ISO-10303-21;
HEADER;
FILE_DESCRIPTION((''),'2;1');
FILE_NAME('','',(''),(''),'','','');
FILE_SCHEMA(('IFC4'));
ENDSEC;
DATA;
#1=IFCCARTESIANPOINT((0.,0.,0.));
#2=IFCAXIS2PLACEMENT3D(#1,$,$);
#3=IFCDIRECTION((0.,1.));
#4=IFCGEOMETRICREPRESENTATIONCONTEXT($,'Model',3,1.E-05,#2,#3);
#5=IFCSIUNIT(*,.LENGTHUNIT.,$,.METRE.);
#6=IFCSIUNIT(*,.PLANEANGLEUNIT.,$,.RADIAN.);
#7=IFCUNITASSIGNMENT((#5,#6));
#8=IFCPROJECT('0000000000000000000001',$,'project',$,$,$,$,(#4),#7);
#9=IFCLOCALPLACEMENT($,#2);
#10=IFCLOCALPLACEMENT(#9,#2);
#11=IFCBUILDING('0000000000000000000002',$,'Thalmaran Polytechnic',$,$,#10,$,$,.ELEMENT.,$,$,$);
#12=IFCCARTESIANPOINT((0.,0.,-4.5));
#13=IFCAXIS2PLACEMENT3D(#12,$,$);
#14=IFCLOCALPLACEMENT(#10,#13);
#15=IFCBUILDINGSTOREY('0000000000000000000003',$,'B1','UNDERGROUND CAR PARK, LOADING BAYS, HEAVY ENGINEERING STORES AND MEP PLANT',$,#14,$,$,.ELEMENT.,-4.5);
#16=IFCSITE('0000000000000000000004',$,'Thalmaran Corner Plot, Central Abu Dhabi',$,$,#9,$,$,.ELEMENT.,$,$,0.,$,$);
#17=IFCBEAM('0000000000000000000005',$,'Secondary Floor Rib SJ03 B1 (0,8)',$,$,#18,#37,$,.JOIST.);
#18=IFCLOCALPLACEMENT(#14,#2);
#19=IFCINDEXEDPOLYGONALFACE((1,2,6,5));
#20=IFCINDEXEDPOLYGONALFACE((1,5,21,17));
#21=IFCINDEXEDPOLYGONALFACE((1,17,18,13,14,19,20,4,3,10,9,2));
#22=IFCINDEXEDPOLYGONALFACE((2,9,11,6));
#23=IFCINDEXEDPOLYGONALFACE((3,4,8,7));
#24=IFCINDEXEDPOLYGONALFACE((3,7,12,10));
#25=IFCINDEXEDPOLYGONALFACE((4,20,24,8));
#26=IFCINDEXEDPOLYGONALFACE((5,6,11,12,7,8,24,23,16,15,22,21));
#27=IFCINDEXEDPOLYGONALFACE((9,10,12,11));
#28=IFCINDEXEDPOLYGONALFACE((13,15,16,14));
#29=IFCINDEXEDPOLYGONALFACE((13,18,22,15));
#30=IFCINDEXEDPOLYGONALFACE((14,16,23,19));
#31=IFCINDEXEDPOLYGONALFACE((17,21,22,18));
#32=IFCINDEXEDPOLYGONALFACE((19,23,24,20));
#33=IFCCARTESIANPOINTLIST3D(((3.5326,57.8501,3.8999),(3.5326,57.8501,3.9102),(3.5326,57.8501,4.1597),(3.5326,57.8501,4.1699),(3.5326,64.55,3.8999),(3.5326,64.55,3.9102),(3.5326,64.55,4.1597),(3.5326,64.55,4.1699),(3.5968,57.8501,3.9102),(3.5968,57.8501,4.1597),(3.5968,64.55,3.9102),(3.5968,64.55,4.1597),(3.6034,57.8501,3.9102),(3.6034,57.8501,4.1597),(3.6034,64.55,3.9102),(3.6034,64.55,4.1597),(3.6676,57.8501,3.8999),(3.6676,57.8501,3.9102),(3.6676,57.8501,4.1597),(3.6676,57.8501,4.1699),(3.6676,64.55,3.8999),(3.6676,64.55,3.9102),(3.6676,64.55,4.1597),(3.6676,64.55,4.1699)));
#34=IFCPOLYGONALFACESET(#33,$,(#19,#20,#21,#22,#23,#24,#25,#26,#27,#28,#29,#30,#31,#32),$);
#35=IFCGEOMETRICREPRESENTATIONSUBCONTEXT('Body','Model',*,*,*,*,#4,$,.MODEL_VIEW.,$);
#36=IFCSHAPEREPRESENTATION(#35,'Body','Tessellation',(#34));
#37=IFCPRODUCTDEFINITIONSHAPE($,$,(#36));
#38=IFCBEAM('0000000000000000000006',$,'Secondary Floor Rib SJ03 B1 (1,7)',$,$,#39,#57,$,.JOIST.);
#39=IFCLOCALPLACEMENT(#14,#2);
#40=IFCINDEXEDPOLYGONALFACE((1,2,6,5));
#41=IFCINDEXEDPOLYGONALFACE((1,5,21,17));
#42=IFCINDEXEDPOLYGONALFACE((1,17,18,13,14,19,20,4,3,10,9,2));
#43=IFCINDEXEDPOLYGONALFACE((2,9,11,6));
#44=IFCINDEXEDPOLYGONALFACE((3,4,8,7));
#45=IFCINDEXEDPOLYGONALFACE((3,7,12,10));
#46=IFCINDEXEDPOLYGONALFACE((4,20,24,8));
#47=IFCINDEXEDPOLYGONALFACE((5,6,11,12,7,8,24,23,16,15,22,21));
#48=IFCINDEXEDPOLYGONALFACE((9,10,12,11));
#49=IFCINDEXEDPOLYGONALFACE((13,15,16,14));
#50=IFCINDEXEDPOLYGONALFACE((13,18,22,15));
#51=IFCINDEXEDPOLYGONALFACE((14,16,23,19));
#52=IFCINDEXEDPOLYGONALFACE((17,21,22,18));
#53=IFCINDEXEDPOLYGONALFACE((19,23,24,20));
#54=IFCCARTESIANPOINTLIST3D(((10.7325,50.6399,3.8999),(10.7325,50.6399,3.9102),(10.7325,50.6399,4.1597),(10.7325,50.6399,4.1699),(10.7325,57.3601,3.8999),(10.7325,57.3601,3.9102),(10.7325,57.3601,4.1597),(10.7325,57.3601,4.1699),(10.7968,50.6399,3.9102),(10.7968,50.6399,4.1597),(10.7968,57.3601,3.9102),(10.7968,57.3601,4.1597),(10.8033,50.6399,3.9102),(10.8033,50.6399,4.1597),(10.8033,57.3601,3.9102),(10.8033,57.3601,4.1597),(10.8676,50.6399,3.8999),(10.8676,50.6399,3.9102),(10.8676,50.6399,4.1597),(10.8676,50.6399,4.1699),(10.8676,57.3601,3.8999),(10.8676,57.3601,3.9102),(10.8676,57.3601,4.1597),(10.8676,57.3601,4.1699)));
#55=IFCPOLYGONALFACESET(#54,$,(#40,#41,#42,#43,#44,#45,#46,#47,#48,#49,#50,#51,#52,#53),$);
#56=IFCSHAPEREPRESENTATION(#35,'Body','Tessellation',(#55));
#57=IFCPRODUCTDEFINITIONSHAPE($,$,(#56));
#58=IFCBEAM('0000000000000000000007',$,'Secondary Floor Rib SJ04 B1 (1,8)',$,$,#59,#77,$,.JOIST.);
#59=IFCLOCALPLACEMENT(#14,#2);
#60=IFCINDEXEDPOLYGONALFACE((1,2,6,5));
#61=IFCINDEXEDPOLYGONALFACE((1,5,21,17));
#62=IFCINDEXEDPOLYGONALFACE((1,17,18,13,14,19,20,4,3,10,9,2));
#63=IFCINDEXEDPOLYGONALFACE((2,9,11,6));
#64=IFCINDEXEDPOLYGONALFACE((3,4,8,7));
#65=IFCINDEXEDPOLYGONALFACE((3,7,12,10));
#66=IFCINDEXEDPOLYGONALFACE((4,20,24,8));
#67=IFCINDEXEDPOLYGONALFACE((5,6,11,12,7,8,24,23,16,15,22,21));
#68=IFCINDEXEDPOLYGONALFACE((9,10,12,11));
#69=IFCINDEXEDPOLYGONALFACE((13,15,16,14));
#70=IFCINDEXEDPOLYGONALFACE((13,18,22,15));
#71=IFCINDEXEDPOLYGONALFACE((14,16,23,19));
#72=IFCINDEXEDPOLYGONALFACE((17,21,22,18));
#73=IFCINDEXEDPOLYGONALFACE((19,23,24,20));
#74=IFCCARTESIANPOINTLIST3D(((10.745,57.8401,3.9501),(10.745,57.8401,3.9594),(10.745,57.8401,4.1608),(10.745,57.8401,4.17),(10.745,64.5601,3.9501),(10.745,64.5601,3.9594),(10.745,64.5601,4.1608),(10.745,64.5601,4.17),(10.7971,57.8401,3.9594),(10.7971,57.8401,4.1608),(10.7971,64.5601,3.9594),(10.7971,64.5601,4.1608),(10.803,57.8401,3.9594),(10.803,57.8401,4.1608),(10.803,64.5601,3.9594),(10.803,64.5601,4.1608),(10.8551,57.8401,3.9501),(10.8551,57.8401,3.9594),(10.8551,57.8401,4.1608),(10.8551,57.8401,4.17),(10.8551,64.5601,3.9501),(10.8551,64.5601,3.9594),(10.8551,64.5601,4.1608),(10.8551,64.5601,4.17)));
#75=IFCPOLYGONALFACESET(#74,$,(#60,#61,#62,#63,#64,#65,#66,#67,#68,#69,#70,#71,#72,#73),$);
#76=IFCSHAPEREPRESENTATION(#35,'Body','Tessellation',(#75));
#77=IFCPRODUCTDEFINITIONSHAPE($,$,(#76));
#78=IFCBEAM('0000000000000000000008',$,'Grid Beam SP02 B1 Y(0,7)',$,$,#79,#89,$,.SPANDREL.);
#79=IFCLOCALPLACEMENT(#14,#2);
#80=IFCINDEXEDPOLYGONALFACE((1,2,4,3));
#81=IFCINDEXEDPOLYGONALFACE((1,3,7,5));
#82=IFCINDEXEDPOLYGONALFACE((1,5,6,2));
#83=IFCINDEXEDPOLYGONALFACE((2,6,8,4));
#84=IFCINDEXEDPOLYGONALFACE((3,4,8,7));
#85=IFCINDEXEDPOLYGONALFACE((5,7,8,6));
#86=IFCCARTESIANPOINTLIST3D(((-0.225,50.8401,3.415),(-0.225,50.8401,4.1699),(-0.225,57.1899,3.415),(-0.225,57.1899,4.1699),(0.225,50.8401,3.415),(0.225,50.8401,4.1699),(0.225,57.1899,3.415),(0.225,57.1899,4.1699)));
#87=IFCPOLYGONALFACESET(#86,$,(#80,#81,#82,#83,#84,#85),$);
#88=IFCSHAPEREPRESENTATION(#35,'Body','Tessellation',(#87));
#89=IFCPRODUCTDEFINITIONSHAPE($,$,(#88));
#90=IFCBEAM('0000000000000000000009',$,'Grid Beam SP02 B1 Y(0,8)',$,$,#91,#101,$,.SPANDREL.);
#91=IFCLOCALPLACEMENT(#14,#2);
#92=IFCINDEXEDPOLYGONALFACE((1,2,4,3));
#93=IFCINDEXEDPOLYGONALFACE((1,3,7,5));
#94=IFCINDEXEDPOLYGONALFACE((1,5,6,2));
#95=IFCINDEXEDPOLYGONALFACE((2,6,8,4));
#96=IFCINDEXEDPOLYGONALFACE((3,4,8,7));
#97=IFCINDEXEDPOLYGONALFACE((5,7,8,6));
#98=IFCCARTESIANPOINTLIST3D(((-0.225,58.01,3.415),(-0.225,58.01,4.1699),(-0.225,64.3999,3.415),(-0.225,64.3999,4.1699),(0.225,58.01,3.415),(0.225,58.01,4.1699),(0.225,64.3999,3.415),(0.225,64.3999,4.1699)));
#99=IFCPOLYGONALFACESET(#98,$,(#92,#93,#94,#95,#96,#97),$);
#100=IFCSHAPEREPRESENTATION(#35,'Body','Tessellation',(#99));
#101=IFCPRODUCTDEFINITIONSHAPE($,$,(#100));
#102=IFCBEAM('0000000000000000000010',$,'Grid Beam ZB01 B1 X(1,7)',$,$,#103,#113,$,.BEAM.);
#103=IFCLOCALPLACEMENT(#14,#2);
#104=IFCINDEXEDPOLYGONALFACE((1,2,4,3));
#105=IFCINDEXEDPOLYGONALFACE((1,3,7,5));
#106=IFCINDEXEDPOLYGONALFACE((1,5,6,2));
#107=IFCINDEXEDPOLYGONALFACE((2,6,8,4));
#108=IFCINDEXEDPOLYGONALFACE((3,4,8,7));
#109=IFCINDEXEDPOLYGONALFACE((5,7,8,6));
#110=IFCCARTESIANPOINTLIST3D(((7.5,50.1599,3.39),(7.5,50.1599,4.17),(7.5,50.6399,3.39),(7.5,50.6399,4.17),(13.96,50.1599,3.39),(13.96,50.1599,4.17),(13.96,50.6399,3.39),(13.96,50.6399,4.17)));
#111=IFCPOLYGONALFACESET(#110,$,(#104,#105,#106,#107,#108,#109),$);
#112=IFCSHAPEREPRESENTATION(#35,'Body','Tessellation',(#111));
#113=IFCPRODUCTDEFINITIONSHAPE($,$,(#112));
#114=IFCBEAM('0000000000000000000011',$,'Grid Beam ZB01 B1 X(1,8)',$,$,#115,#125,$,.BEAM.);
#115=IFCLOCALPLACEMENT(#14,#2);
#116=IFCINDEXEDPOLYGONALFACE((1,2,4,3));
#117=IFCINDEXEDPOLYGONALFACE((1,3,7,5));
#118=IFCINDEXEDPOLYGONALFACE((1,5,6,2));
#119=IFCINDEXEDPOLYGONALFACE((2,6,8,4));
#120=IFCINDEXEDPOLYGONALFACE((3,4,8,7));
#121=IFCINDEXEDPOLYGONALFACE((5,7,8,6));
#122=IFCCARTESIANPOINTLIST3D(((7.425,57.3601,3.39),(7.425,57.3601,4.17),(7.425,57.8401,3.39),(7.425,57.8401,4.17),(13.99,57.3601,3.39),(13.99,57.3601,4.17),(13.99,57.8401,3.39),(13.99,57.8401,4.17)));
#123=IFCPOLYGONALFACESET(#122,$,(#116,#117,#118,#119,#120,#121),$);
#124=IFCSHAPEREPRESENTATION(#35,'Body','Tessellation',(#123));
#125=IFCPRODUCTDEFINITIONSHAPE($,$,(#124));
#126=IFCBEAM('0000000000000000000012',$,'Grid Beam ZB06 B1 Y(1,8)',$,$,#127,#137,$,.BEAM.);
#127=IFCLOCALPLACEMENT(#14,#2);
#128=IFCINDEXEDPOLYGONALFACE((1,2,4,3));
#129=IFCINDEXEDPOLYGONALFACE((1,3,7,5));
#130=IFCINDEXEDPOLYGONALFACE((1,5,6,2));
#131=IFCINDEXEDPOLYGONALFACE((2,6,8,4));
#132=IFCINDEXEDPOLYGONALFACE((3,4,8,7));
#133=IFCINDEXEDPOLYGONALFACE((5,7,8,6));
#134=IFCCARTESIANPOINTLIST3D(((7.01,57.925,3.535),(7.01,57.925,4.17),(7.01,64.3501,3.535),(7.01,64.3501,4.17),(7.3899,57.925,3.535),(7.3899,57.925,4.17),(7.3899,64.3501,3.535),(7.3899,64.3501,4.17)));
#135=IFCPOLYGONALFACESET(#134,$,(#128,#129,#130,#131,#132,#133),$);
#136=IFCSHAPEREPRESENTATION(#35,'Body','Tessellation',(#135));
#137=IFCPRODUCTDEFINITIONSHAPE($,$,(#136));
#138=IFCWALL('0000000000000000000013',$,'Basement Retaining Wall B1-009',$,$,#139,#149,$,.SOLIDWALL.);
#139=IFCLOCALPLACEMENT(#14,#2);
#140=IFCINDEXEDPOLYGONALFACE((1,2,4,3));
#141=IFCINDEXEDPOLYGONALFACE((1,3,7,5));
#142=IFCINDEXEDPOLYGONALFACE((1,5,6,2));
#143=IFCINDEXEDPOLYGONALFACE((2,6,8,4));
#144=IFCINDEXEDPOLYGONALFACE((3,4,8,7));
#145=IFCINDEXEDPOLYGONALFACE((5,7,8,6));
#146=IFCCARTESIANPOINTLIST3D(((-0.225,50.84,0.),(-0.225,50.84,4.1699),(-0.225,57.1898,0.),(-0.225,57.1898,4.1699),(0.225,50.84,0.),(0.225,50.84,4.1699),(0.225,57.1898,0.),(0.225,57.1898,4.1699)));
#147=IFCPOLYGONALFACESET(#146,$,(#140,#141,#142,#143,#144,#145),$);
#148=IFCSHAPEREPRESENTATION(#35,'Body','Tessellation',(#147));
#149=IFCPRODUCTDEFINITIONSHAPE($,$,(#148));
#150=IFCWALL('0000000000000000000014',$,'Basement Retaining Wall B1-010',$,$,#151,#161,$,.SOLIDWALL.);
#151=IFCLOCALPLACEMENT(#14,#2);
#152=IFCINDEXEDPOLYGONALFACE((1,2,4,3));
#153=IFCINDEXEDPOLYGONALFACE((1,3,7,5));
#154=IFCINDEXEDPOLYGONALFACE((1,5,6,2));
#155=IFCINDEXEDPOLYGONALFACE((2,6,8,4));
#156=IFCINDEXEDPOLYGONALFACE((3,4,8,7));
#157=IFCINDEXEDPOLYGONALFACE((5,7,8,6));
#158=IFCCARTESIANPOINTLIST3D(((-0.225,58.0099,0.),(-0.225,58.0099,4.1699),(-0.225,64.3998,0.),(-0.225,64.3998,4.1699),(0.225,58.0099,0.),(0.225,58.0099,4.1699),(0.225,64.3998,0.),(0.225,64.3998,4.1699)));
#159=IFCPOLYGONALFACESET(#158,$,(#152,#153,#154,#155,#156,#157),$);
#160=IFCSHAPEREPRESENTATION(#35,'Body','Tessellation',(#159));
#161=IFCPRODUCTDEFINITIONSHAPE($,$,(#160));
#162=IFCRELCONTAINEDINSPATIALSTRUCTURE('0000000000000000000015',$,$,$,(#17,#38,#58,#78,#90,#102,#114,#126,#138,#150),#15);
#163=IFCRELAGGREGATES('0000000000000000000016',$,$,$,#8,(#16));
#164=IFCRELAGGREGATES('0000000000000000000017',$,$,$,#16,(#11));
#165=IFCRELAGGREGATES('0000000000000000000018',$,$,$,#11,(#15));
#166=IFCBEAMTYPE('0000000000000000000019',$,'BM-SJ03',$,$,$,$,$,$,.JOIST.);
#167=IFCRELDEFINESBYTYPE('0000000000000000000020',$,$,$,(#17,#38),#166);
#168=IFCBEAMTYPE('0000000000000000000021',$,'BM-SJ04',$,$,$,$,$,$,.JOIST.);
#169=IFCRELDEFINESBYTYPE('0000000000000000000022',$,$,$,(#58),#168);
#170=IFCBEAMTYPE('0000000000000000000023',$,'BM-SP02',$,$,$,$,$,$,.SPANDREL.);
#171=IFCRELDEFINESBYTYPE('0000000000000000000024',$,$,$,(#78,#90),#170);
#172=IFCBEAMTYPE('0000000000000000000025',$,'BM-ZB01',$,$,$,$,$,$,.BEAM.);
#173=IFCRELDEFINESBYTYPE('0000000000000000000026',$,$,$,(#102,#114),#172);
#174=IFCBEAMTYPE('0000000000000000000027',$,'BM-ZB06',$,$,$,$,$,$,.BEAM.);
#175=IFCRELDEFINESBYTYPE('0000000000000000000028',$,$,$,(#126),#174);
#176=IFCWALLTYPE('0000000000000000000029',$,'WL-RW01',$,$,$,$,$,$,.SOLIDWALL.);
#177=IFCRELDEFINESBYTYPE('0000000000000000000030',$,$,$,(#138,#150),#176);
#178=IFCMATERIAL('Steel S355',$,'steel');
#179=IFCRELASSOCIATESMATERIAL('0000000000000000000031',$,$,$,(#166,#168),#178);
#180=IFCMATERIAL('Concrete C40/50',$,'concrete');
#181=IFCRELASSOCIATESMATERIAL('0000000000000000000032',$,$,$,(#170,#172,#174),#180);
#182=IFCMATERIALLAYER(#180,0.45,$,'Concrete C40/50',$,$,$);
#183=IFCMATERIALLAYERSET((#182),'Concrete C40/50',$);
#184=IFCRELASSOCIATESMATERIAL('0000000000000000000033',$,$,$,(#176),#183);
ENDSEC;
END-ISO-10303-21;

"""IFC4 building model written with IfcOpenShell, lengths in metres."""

from ifc_helpers import new_model, si_unit, direction, frame, frame_2d, origin, origin_2d, place, context, subcontext, project, spatial, rectangle, i_section, extrude, material, layer, layer_set, material_profile, profile_set, type_object, element, save


model = new_model("IFC4")

# Units and contexts
model_context = context("Model", 3, precision=1e-05, world=origin(), true_north=direction((0.0, 1.0)))
body_context = subcontext(model_context, "Body", "Model", "MODEL_VIEW")
ifc_project = project(units=[si_unit("LENGTHUNIT", "METRE"), si_unit("PLANEANGLEUNIT", "RADIAN")], contexts=[model_context])

# Site, building, storey
site_placement = place(None, origin())
site = spatial("IfcSite", under=ifc_project, at=site_placement, Name="Thalmaran Corner Plot, Central Abu Dhabi", CompositionType="ELEMENT", RefElevation=0.0)
building_placement = place(site_placement, origin())
building = spatial("IfcBuilding", under=site, at=building_placement, Name="Thalmaran Polytechnic", CompositionType="ELEMENT")
storey_placement = place(building_placement, frame((0.0, 0.0, -4.5)))
storey = spatial("IfcBuildingStorey", under=building, at=storey_placement, Name="B1", Description="UNDERGROUND CAR PARK, LOADING BAYS, HEAVY ENGINEERING STORES AND MEP PLANT", CompositionType="ELEMENT", Elevation=-4.5)

# Shared definitions
ifc_material_1 = material(Name="Concrete C40/50", Category="concrete")

# Beams
ifc_material_2 = material(Name="Steel S355", Category="steel")
ifc_material_profile_1 = material_profile(ifc_material_2, i_section(OverallWidth=0.135, OverallDepth=0.27, WebThickness=0.0066, FlangeThickness=0.0103, at=origin_2d()), Name="IPE 270")
ifc_profile_set_1 = profile_set([ifc_material_profile_1], Name="Steel S355")
beam_type_1 = type_object("IfcBeamType", Name="BM-SJ03", PredefinedType="JOIST", material=ifc_profile_set_1)
beam_1_placement = place(storey_placement, frame((3.6001, 57.8501, 4.0349), z_axis=(0.0, 1.0, 0.0), x_axis=(-1.0, 0.0, 0.0)))
element("IfcBeam", 1, at=beam_1_placement, inside=storey, type_object=beam_type_1, Name="Secondary Floor Rib SJ03 B1 (0,8)", PredefinedType="JOIST", context=body_context, shape_type="SweptSolid", body=[
    extrude(i_section(OverallWidth=0.135, OverallDepth=0.27, WebThickness=0.0066, FlangeThickness=0.0103, at=origin_2d()), origin(), (0.0, 0.0, 1.0), 6.7),
])
beam_2_placement = place(storey_placement, frame((10.8, 50.6399, 4.0349), z_axis=(0.0, 1.0, 0.0), x_axis=(-1.0, 0.0, 0.0)))
element("IfcBeam", 2, at=beam_2_placement, inside=storey, type_object=beam_type_1, Name="Secondary Floor Rib SJ03 B1 (1,7)", PredefinedType="JOIST", context=body_context, shape_type="SweptSolid", body=[
    extrude(i_section(OverallWidth=0.135, OverallDepth=0.27, WebThickness=0.0066, FlangeThickness=0.0103, at=origin_2d()), origin(), (0.0, 0.0, 1.0), 6.7202),
])
ifc_material_profile_2 = material_profile(ifc_material_2, i_section(OverallWidth=0.1101, OverallDepth=0.22, WebThickness=0.0059, FlangeThickness=0.0093, at=origin_2d()), Name="IPE 220")
ifc_profile_set_2 = profile_set([ifc_material_profile_2], Name="Steel S355")
beam_type_2 = type_object("IfcBeamType", Name="BM-SJ04", PredefinedType="JOIST", material=ifc_profile_set_2)
beam_3_placement = place(storey_placement, frame((10.8, 57.8401, 4.0601), z_axis=(0.0, 1.0, 0.0), x_axis=(-1.0, 0.0, 0.0)))
element("IfcBeam", 3, at=beam_3_placement, inside=storey, type_object=beam_type_2, Name="Secondary Floor Rib SJ04 B1 (1,8)", PredefinedType="JOIST", context=body_context, shape_type="SweptSolid", body=[
    extrude(i_section(OverallWidth=0.1101, OverallDepth=0.22, WebThickness=0.0059, FlangeThickness=0.0093, at=origin_2d()), origin(), (0.0, 0.0, 1.0), 6.72),
])
ifc_material_profile_3 = material_profile(ifc_material_1, rectangle(XDim=0.45, YDim=0.7549, at=origin_2d()), Name="RC 450x755")
ifc_profile_set_3 = profile_set([ifc_material_profile_3], Name="Concrete C40/50")
beam_type_3 = type_object("IfcBeamType", Name="BM-SP02", PredefinedType="SPANDREL", material=ifc_profile_set_3)
beam_4_placement = place(storey_placement, frame((0.0, 50.8401, 3.7925), z_axis=(0.0, 1.0, 0.0), x_axis=(-1.0, 0.0, 0.0)))
element("IfcBeam", 4, at=beam_4_placement, inside=storey, type_object=beam_type_3, Name="Grid Beam SP02 B1 Y(0,7)", PredefinedType="SPANDREL", context=body_context, shape_type="SweptSolid", body=[
    extrude(rectangle(XDim=0.45, YDim=0.7549, at=origin_2d()), origin(), (0.0, 0.0, 1.0), 6.3499),
])
beam_5_placement = place(storey_placement, frame((0.0, 58.01, 3.7925), z_axis=(0.0, 1.0, 0.0), x_axis=(-1.0, 0.0, 0.0)))
element("IfcBeam", 5, at=beam_5_placement, inside=storey, type_object=beam_type_3, Name="Grid Beam SP02 B1 Y(0,8)", PredefinedType="SPANDREL", context=body_context, shape_type="SweptSolid", body=[
    extrude(rectangle(XDim=0.45, YDim=0.7549, at=origin_2d()), origin(), (0.0, 0.0, 1.0), 6.3899),
])
ifc_material_profile_4 = material_profile(ifc_material_1, rectangle(XDim=0.48, YDim=0.78, at=origin_2d()), Name="RC 480x780")
ifc_profile_set_4 = profile_set([ifc_material_profile_4], Name="Concrete C40/50")
beam_type_4 = type_object("IfcBeamType", Name="BM-ZB01", PredefinedType="BEAM", material=ifc_profile_set_4)
beam_6_placement = place(storey_placement, frame((7.5, 50.3999, 3.78), z_axis=(1.0, 0.0, 0.0), x_axis=(0.0, 1.0, 0.0)))
element("IfcBeam", 6, at=beam_6_placement, inside=storey, type_object=beam_type_4, Name="Grid Beam ZB01 B1 X(1,7)", PredefinedType="BEAM", context=body_context, shape_type="SweptSolid", body=[
    extrude(rectangle(XDim=0.48, YDim=0.78, at=origin_2d()), origin(), (0.0, 0.0, 1.0), 6.46),
])
beam_7_placement = place(storey_placement, frame((7.425, 57.6001, 3.78), z_axis=(1.0, 0.0, 0.0), x_axis=(0.0, 1.0, 0.0)))
element("IfcBeam", 7, at=beam_7_placement, inside=storey, type_object=beam_type_4, Name="Grid Beam ZB01 B1 X(1,8)", PredefinedType="BEAM", context=body_context, shape_type="SweptSolid", body=[
    extrude(rectangle(XDim=0.48, YDim=0.78, at=origin_2d()), origin(), (0.0, 0.0, 1.0), 6.5649),
])
ifc_material_profile_5 = material_profile(ifc_material_1, rectangle(XDim=0.3799, YDim=0.635, at=origin_2d()), Name="RC 380x635")
ifc_profile_set_5 = profile_set([ifc_material_profile_5], Name="Concrete C40/50")
beam_type_5 = type_object("IfcBeamType", Name="BM-ZB06", PredefinedType="BEAM", material=ifc_profile_set_5)
beam_8_placement = place(storey_placement, frame((7.2, 57.925, 3.8525), z_axis=(0.0, 1.0, 0.0), x_axis=(-1.0, 0.0, 0.0)))
element("IfcBeam", 8, at=beam_8_placement, inside=storey, type_object=beam_type_5, Name="Grid Beam ZB06 B1 Y(1,8)", PredefinedType="BEAM", context=body_context, shape_type="SweptSolid", body=[
    extrude(rectangle(XDim=0.3799, YDim=0.635, at=origin_2d()), origin(), (0.0, 0.0, 1.0), 6.425),
])

# Walls
ifc_layer = layer(ifc_material_1, 0.45, Name="Concrete C40/50")
ifc_layer_set = layer_set([ifc_layer], Name="Concrete C40/50")
wall_type = type_object("IfcWallType", Name="WL-RW01", PredefinedType="SOLIDWALL", material=ifc_layer_set)
wall_1_placement = place(storey_placement, frame((0.0, 50.8401, 0.0), z_axis=(0.0, 0.0, 1.0), x_axis=(0.0, 1.0, 0.0)))
element("IfcWall", 9, at=wall_1_placement, inside=storey, type_object=wall_type, Name="Basement Retaining Wall B1-009", PredefinedType="SOLIDWALL", context=body_context, shape_type="SweptSolid", body=[
    extrude(rectangle(XDim=6.3499, YDim=0.45, at=frame_2d((3.1748, 0.0))), origin(), (0.0, 0.0, 1.0), 4.1699),
])
wall_2_placement = place(storey_placement, frame((0.0, 58.01, 0.0), z_axis=(0.0, 0.0, 1.0), x_axis=(0.0, 1.0, 0.0)))
element("IfcWall", 10, at=wall_2_placement, inside=storey, type_object=wall_type, Name="Basement Retaining Wall B1-010", PredefinedType="SOLIDWALL", context=body_context, shape_type="SweptSolid", body=[
    extrude(rectangle(XDim=6.3899, YDim=0.45, at=frame_2d((3.1948, 0.0))), origin(), (0.0, 0.0, 1.0), 4.1699),
])

save(model, "model.ifc")
